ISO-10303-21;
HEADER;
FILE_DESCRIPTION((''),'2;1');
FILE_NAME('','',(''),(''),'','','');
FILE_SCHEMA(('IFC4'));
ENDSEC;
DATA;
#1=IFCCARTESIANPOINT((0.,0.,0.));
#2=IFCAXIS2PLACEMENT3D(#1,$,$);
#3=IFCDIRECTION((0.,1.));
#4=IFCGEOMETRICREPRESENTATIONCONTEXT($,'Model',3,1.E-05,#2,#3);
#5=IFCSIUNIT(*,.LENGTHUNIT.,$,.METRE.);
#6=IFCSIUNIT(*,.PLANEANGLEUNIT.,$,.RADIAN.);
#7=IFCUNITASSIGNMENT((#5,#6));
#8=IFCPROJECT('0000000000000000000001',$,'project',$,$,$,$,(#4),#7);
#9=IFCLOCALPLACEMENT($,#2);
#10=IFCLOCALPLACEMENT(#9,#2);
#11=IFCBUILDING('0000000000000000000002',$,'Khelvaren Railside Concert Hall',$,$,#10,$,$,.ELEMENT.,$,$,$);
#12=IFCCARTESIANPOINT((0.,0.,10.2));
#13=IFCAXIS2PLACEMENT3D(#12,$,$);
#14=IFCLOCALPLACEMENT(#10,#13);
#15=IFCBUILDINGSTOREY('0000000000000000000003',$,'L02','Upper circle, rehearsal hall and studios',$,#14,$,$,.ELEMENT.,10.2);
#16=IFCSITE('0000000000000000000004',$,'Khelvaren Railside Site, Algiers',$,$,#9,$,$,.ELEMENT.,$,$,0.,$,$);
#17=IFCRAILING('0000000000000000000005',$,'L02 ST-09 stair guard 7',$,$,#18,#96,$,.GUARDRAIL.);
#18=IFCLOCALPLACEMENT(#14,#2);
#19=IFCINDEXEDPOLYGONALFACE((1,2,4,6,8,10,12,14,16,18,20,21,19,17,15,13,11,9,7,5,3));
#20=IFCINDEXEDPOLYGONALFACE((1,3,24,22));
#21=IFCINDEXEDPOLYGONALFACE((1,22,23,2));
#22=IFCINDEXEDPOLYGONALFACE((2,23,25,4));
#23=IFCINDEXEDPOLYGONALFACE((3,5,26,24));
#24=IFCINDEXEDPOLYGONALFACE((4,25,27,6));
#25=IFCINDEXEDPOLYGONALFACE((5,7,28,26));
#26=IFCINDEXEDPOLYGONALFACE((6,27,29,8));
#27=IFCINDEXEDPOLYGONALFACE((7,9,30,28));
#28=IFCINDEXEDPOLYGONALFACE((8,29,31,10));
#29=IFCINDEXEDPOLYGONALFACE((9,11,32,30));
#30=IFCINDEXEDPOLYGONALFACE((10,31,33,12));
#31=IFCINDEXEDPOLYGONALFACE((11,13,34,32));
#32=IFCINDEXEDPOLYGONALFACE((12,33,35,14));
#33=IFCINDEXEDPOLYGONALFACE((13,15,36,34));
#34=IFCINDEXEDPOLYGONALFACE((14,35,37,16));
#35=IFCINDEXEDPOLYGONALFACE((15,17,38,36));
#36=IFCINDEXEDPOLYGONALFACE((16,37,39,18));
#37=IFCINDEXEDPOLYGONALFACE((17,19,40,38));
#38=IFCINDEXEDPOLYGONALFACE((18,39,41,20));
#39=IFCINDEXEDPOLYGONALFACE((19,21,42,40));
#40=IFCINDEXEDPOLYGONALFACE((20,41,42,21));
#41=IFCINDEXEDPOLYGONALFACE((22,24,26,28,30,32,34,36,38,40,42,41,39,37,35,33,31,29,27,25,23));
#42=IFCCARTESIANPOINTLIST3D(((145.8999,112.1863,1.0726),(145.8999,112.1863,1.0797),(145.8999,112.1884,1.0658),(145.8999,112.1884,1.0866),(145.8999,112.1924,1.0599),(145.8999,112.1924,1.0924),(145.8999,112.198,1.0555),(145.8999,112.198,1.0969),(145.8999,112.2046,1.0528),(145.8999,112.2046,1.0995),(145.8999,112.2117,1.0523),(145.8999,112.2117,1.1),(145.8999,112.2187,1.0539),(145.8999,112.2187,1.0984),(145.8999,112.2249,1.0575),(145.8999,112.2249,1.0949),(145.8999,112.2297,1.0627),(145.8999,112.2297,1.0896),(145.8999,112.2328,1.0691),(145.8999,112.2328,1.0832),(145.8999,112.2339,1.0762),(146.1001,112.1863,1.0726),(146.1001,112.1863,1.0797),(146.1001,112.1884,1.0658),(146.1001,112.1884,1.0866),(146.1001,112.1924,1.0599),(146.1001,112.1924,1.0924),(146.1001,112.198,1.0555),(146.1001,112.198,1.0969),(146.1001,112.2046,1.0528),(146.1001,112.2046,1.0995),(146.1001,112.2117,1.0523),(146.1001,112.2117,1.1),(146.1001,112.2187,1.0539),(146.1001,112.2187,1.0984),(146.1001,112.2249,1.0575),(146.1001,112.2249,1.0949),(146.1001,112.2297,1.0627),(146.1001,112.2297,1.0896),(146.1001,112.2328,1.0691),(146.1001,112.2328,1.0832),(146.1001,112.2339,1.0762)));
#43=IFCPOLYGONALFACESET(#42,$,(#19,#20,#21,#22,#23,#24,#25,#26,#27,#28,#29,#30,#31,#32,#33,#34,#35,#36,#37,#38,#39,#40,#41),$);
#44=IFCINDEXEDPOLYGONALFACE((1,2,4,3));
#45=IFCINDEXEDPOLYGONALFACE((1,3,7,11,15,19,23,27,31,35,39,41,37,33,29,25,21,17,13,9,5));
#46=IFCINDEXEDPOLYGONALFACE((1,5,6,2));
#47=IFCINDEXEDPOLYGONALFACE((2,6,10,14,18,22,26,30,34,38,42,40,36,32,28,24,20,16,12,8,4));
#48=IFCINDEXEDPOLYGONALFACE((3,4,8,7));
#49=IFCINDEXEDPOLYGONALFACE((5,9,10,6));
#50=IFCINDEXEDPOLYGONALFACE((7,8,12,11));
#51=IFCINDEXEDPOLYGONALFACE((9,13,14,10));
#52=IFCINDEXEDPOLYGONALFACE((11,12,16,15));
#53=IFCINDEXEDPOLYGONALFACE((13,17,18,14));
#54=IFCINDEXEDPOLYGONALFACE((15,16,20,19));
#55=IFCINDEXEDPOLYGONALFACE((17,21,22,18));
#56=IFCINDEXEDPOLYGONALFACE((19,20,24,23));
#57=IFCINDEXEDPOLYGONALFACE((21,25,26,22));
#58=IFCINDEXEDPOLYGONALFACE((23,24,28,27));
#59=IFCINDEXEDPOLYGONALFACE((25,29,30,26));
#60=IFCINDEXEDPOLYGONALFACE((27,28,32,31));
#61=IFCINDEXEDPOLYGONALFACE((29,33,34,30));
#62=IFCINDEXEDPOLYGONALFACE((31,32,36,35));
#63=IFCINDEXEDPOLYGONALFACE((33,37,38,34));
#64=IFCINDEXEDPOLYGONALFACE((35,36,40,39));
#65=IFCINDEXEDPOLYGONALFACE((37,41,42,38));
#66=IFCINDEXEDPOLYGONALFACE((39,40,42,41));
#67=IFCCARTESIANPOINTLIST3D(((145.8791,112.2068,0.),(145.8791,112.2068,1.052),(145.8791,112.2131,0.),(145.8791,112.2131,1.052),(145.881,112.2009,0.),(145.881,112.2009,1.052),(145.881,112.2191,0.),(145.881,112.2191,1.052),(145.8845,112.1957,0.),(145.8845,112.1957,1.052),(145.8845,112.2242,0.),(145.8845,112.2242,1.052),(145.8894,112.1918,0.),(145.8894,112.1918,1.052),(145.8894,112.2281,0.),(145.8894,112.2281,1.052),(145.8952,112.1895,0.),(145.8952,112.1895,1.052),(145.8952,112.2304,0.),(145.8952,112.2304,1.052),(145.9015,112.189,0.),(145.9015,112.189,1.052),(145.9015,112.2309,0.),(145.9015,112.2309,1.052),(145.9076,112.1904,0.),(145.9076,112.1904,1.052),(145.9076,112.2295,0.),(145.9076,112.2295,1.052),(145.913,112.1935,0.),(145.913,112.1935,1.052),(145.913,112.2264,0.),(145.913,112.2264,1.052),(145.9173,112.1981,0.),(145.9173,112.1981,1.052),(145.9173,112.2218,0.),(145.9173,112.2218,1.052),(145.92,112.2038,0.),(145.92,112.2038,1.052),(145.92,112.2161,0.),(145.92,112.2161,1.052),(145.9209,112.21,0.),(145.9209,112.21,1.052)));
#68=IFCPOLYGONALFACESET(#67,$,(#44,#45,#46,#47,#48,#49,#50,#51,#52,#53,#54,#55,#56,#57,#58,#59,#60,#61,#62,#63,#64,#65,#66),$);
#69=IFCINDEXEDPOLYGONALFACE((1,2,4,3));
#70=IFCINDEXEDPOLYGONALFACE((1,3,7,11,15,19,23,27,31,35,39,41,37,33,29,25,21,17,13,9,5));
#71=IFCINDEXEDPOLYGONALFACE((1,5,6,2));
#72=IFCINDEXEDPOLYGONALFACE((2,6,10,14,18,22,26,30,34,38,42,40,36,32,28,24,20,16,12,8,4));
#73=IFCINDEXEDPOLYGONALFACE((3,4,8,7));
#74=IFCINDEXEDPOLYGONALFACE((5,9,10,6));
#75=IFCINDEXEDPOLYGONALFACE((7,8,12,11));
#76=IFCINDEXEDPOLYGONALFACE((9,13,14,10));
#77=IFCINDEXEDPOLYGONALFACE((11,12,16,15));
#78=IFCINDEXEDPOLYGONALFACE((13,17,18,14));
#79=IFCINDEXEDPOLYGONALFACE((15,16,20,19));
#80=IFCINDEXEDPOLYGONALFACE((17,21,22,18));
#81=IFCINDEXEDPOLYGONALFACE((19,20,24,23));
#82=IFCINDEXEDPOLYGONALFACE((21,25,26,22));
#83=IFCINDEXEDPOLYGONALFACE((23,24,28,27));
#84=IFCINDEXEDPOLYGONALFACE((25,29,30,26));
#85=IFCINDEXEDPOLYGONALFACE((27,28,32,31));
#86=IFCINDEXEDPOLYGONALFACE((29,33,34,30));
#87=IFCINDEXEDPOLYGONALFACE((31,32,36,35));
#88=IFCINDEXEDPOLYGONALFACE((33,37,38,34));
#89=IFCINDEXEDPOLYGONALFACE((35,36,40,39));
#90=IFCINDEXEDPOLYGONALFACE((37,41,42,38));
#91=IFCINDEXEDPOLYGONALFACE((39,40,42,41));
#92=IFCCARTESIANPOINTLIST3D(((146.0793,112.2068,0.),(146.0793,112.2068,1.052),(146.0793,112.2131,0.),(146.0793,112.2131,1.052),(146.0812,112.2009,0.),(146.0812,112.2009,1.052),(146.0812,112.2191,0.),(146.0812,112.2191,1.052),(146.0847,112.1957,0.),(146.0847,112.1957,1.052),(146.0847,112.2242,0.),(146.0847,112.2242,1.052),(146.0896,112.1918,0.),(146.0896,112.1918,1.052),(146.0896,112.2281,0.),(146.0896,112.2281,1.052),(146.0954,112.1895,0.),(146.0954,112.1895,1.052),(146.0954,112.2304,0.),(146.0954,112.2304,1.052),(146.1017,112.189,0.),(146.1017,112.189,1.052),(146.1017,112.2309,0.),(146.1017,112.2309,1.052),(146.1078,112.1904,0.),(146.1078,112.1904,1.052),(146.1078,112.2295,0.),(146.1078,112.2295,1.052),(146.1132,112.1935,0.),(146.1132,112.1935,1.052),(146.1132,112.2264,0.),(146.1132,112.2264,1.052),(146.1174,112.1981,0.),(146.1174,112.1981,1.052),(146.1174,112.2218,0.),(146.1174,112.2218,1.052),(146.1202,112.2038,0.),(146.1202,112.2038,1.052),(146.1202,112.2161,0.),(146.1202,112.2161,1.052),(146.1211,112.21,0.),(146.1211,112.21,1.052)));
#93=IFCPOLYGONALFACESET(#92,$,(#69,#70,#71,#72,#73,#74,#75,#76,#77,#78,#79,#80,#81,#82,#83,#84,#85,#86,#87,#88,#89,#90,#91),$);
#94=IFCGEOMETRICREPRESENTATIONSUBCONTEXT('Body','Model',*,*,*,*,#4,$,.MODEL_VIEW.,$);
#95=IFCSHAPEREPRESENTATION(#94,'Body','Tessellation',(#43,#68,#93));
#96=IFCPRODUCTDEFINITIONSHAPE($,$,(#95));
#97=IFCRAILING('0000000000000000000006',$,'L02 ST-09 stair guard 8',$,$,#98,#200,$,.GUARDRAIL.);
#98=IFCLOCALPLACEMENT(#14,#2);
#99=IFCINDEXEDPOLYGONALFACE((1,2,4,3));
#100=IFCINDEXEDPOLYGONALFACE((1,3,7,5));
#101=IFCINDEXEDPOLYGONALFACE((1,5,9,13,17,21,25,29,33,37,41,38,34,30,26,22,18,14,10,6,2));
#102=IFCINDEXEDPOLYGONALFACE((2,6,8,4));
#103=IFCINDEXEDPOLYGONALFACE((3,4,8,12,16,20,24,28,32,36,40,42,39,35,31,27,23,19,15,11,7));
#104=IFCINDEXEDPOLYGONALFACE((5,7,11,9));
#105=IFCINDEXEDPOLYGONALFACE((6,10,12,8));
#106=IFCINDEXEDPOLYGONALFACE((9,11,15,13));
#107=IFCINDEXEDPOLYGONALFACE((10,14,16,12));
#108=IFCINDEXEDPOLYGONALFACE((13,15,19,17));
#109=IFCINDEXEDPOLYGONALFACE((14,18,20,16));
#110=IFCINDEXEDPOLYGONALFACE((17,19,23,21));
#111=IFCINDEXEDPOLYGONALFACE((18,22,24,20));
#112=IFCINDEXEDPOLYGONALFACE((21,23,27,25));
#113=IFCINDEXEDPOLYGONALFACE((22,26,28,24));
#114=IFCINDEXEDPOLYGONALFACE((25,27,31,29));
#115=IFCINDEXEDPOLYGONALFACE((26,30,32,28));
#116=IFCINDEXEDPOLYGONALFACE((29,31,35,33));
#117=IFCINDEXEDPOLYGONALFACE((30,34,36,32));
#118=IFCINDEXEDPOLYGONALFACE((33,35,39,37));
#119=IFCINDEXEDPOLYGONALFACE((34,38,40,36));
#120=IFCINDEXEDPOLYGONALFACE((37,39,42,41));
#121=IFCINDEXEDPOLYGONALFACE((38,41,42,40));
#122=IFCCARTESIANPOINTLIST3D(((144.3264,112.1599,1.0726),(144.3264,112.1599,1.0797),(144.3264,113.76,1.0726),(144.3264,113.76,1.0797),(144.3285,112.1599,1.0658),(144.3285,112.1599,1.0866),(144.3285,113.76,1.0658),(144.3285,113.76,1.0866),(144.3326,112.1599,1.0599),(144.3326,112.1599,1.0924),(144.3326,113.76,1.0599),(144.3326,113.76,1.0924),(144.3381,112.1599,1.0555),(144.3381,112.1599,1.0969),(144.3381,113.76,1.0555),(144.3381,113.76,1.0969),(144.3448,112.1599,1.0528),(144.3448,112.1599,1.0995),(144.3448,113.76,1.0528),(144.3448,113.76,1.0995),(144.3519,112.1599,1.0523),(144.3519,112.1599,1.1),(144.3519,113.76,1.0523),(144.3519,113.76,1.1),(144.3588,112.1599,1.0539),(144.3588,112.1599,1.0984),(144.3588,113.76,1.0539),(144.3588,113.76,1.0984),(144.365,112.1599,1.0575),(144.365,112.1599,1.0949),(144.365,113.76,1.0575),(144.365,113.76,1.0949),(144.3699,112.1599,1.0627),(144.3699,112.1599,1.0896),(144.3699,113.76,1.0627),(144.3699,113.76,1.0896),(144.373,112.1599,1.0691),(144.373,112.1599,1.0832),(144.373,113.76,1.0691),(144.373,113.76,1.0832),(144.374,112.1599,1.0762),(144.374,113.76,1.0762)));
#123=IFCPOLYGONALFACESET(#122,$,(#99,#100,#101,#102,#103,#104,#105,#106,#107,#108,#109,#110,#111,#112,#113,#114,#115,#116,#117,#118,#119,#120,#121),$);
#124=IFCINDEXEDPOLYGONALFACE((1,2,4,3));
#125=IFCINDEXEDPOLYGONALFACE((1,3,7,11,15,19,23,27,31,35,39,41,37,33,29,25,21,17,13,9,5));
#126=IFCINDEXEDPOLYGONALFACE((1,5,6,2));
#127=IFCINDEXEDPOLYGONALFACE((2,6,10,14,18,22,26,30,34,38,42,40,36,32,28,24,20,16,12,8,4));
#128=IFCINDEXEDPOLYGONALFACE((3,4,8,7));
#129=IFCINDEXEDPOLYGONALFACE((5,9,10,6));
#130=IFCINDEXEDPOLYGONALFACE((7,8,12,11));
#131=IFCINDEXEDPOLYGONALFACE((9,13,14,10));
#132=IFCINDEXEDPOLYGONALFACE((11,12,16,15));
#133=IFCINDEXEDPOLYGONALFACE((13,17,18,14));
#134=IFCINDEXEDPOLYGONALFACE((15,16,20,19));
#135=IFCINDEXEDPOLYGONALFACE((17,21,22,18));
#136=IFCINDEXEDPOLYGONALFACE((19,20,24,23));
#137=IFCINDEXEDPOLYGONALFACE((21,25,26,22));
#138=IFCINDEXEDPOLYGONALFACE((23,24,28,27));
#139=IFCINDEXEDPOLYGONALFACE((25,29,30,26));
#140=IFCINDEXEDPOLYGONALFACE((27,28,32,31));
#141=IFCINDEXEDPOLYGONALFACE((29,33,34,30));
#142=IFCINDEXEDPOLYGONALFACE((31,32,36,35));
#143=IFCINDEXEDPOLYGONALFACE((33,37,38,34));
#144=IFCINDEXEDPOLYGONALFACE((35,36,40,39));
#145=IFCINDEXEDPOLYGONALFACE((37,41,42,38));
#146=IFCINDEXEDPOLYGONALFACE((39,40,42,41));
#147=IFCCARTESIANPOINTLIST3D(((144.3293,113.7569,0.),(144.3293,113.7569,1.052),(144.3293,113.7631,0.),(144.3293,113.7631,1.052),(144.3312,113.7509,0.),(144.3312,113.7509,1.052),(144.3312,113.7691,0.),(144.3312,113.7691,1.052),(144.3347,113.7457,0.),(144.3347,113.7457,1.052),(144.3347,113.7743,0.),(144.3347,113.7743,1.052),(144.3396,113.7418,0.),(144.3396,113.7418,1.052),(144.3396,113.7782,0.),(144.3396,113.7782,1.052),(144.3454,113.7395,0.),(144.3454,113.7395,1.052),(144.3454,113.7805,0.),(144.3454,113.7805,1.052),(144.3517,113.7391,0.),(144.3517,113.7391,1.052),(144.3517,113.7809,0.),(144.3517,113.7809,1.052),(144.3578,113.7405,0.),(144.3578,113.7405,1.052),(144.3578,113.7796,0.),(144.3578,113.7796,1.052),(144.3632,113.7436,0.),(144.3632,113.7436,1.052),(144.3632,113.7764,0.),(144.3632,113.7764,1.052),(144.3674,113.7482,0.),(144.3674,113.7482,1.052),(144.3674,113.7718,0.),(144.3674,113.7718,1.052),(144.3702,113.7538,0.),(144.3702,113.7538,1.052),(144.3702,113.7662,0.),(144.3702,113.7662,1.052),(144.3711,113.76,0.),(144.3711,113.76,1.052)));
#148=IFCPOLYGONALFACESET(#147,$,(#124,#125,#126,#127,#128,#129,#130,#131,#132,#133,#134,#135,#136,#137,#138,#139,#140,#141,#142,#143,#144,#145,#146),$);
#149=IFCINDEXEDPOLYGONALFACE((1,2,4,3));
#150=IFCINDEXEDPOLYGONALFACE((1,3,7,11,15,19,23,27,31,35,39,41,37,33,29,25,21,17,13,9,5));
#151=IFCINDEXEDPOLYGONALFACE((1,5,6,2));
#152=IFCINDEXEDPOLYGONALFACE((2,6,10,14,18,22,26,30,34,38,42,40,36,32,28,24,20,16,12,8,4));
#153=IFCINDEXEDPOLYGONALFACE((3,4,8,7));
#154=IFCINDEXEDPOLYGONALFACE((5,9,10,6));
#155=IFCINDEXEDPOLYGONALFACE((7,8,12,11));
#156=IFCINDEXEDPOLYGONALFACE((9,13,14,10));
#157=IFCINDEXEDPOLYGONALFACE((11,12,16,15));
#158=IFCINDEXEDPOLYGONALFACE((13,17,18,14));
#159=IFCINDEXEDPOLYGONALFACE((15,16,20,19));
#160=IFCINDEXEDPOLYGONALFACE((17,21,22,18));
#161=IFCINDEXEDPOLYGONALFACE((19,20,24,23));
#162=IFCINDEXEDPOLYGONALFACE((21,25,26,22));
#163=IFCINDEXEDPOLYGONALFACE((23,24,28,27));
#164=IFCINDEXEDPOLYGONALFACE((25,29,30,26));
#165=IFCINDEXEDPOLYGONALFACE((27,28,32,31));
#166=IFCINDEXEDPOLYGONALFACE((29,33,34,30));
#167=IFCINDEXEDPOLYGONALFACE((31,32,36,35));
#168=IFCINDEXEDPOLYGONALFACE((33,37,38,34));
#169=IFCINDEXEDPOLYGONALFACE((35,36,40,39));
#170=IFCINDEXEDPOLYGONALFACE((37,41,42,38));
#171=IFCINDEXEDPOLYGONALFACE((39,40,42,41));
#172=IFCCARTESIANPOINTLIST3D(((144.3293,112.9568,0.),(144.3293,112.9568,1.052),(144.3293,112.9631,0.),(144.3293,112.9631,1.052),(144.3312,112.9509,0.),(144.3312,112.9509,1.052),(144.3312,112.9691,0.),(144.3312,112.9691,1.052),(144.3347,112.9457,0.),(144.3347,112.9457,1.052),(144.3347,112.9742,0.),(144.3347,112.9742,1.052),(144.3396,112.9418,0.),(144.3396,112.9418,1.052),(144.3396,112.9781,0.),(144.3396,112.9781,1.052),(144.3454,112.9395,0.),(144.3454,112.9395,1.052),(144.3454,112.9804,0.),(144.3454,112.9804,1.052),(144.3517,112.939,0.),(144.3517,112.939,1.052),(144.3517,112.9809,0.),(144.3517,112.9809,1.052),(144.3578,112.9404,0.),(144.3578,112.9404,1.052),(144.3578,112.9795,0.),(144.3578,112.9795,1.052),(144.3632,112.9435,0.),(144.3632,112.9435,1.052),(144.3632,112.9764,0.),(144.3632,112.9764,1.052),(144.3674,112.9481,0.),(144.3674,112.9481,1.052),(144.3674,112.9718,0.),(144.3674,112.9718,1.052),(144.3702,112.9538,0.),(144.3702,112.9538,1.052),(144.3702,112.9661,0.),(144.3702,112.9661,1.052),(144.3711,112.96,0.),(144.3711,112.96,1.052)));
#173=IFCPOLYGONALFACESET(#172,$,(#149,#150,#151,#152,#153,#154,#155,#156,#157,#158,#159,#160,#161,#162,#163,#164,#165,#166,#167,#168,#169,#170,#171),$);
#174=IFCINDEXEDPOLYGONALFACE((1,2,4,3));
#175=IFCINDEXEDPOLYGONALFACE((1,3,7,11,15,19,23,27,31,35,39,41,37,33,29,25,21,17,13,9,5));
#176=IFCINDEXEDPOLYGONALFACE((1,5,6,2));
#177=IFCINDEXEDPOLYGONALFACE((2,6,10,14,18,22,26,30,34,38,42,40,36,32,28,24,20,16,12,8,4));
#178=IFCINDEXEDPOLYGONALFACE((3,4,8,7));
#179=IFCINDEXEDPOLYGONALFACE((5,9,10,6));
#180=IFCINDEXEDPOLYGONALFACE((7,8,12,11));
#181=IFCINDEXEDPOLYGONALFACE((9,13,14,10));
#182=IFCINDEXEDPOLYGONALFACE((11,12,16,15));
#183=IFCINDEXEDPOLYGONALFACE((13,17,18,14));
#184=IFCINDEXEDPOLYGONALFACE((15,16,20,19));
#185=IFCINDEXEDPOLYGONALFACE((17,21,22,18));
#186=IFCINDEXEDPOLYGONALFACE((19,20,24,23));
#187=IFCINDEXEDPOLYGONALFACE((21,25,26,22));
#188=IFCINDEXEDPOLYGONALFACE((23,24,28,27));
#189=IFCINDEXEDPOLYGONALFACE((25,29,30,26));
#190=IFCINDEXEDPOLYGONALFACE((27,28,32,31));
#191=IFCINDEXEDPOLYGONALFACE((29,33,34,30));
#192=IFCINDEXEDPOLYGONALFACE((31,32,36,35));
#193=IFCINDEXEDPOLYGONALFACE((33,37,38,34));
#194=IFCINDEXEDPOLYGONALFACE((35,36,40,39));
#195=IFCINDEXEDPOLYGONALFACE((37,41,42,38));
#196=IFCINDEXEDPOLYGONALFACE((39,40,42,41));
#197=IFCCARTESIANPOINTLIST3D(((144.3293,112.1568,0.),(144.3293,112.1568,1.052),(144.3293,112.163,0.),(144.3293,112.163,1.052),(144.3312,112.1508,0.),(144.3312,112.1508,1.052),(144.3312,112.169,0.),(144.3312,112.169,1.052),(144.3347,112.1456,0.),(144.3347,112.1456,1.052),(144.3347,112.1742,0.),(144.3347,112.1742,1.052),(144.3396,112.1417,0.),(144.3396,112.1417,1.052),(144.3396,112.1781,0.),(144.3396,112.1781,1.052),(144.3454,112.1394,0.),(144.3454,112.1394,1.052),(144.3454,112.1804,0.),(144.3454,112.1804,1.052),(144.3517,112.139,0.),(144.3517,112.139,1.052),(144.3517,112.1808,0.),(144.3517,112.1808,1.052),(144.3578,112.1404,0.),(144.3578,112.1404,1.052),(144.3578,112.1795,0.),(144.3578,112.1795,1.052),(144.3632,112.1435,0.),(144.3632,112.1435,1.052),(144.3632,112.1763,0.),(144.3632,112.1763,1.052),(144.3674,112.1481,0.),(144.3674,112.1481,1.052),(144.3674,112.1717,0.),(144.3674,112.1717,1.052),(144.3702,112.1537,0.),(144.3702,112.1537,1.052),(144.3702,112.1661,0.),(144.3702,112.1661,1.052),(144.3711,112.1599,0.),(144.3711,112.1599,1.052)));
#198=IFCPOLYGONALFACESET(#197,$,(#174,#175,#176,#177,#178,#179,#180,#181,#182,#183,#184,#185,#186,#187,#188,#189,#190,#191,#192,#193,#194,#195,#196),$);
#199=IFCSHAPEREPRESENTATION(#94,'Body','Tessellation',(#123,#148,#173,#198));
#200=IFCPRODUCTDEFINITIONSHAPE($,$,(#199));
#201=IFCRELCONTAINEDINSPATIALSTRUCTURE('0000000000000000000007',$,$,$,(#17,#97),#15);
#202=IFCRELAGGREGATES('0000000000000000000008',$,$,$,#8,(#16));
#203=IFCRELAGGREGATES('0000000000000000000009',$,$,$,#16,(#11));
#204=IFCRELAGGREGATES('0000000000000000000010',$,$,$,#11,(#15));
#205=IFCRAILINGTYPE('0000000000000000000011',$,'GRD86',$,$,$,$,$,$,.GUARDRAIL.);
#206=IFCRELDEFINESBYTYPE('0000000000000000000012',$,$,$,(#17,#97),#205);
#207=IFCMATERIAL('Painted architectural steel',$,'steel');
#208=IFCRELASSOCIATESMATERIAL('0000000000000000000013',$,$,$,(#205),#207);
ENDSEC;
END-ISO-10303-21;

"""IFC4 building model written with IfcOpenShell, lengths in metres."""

from ifc_helpers import new_model, si_unit, direction, frame, origin, origin_2d, place, context, subcontext, project, spatial, circle, extrude, material, type_object, element, save


model = new_model("IFC4")

# Units and contexts
model_context = context("Model", 3, precision=1e-05, world=origin(), true_north=direction((0.0, 1.0)))
body_context = subcontext(model_context, "Body", "Model", "MODEL_VIEW")
ifc_project = project(units=[si_unit("LENGTHUNIT", "METRE"), si_unit("PLANEANGLEUNIT", "RADIAN")], contexts=[model_context])

# Site, building, storey
site_placement = place(None, origin())
site = spatial("IfcSite", under=ifc_project, at=site_placement, Name="Khelvaren Railside Site, Algiers", CompositionType="ELEMENT", RefElevation=0.0)
building_placement = place(site_placement, origin())
building = spatial("IfcBuilding", under=site, at=building_placement, Name="Khelvaren Railside Concert Hall", CompositionType="ELEMENT")
storey_placement = place(building_placement, frame((0.0, 0.0, 10.2)))
storey = spatial("IfcBuildingStorey", under=building, at=storey_placement, Name="L02", Description="Upper circle, rehearsal hall and studios", CompositionType="ELEMENT", Elevation=10.2)

# Railings
ifc_material_1 = material(Name="Painted architectural steel", Category="steel")
railing_type_1 = type_object("IfcRailingType", Name="GRD86", PredefinedType="GUARDRAIL", material=ifc_material_1)
railing_1_placement = place(storey_placement, frame((145.8999, 112.21, 0.0)))
element("IfcRailing", 1, at=railing_1_placement, inside=storey, type_object=railing_type_1, Name="L02 ST-09 stair guard 7", PredefinedType="GUARDRAIL", context=body_context, shape_type="SweptSolid", body=[
    extrude(circle(Radius=0.0239, at=origin_2d()), frame((0.0, 0.0, 1.0762), z_axis=(1.0, 0.0, 0.0), x_axis=(0.0, 1.0, 0.0)), (0.0, 0.0, 1.0), 0.2002),
    extrude(circle(Radius=0.021, at=origin_2d()), origin(), (0.0, 0.0, 1.0), 1.052),
    extrude(circle(Radius=0.021, at=origin_2d()), frame((0.2002, 0.0, 0.0)), (0.0, 0.0, 1.0), 1.052),
])
for number, where, name in (
    (2, (144.3501, 113.76, 0.0), "L02 ST-09 stair guard 8"),
):
    element("IfcRailing", number, at=place(storey_placement, frame(where)), inside=storey, type_object=railing_type_1, Name=name, PredefinedType="GUARDRAIL", context=body_context, shape_type="SweptSolid", body=[
        extrude(circle(Radius=0.0239, at=origin_2d()), frame((0.0, 0.0, 1.0762), z_axis=(0.0, -1.0, 0.0), x_axis=(1.0, 0.0, 0.0)), (0.0, 0.0, 1.0), 1.6001),
        extrude(circle(Radius=0.021, at=origin_2d()), origin(), (0.0, 0.0, 1.0), 1.052),
        extrude(circle(Radius=0.021, at=origin_2d()), frame((0.0, -0.8, 0.0)), (0.0, 0.0, 1.0), 1.052),
        extrude(circle(Radius=0.021, at=origin_2d()), frame((0.0, -1.6001, 0.0)), (0.0, 0.0, 1.0), 1.052),
    ])

save(model, "model.ifc")
